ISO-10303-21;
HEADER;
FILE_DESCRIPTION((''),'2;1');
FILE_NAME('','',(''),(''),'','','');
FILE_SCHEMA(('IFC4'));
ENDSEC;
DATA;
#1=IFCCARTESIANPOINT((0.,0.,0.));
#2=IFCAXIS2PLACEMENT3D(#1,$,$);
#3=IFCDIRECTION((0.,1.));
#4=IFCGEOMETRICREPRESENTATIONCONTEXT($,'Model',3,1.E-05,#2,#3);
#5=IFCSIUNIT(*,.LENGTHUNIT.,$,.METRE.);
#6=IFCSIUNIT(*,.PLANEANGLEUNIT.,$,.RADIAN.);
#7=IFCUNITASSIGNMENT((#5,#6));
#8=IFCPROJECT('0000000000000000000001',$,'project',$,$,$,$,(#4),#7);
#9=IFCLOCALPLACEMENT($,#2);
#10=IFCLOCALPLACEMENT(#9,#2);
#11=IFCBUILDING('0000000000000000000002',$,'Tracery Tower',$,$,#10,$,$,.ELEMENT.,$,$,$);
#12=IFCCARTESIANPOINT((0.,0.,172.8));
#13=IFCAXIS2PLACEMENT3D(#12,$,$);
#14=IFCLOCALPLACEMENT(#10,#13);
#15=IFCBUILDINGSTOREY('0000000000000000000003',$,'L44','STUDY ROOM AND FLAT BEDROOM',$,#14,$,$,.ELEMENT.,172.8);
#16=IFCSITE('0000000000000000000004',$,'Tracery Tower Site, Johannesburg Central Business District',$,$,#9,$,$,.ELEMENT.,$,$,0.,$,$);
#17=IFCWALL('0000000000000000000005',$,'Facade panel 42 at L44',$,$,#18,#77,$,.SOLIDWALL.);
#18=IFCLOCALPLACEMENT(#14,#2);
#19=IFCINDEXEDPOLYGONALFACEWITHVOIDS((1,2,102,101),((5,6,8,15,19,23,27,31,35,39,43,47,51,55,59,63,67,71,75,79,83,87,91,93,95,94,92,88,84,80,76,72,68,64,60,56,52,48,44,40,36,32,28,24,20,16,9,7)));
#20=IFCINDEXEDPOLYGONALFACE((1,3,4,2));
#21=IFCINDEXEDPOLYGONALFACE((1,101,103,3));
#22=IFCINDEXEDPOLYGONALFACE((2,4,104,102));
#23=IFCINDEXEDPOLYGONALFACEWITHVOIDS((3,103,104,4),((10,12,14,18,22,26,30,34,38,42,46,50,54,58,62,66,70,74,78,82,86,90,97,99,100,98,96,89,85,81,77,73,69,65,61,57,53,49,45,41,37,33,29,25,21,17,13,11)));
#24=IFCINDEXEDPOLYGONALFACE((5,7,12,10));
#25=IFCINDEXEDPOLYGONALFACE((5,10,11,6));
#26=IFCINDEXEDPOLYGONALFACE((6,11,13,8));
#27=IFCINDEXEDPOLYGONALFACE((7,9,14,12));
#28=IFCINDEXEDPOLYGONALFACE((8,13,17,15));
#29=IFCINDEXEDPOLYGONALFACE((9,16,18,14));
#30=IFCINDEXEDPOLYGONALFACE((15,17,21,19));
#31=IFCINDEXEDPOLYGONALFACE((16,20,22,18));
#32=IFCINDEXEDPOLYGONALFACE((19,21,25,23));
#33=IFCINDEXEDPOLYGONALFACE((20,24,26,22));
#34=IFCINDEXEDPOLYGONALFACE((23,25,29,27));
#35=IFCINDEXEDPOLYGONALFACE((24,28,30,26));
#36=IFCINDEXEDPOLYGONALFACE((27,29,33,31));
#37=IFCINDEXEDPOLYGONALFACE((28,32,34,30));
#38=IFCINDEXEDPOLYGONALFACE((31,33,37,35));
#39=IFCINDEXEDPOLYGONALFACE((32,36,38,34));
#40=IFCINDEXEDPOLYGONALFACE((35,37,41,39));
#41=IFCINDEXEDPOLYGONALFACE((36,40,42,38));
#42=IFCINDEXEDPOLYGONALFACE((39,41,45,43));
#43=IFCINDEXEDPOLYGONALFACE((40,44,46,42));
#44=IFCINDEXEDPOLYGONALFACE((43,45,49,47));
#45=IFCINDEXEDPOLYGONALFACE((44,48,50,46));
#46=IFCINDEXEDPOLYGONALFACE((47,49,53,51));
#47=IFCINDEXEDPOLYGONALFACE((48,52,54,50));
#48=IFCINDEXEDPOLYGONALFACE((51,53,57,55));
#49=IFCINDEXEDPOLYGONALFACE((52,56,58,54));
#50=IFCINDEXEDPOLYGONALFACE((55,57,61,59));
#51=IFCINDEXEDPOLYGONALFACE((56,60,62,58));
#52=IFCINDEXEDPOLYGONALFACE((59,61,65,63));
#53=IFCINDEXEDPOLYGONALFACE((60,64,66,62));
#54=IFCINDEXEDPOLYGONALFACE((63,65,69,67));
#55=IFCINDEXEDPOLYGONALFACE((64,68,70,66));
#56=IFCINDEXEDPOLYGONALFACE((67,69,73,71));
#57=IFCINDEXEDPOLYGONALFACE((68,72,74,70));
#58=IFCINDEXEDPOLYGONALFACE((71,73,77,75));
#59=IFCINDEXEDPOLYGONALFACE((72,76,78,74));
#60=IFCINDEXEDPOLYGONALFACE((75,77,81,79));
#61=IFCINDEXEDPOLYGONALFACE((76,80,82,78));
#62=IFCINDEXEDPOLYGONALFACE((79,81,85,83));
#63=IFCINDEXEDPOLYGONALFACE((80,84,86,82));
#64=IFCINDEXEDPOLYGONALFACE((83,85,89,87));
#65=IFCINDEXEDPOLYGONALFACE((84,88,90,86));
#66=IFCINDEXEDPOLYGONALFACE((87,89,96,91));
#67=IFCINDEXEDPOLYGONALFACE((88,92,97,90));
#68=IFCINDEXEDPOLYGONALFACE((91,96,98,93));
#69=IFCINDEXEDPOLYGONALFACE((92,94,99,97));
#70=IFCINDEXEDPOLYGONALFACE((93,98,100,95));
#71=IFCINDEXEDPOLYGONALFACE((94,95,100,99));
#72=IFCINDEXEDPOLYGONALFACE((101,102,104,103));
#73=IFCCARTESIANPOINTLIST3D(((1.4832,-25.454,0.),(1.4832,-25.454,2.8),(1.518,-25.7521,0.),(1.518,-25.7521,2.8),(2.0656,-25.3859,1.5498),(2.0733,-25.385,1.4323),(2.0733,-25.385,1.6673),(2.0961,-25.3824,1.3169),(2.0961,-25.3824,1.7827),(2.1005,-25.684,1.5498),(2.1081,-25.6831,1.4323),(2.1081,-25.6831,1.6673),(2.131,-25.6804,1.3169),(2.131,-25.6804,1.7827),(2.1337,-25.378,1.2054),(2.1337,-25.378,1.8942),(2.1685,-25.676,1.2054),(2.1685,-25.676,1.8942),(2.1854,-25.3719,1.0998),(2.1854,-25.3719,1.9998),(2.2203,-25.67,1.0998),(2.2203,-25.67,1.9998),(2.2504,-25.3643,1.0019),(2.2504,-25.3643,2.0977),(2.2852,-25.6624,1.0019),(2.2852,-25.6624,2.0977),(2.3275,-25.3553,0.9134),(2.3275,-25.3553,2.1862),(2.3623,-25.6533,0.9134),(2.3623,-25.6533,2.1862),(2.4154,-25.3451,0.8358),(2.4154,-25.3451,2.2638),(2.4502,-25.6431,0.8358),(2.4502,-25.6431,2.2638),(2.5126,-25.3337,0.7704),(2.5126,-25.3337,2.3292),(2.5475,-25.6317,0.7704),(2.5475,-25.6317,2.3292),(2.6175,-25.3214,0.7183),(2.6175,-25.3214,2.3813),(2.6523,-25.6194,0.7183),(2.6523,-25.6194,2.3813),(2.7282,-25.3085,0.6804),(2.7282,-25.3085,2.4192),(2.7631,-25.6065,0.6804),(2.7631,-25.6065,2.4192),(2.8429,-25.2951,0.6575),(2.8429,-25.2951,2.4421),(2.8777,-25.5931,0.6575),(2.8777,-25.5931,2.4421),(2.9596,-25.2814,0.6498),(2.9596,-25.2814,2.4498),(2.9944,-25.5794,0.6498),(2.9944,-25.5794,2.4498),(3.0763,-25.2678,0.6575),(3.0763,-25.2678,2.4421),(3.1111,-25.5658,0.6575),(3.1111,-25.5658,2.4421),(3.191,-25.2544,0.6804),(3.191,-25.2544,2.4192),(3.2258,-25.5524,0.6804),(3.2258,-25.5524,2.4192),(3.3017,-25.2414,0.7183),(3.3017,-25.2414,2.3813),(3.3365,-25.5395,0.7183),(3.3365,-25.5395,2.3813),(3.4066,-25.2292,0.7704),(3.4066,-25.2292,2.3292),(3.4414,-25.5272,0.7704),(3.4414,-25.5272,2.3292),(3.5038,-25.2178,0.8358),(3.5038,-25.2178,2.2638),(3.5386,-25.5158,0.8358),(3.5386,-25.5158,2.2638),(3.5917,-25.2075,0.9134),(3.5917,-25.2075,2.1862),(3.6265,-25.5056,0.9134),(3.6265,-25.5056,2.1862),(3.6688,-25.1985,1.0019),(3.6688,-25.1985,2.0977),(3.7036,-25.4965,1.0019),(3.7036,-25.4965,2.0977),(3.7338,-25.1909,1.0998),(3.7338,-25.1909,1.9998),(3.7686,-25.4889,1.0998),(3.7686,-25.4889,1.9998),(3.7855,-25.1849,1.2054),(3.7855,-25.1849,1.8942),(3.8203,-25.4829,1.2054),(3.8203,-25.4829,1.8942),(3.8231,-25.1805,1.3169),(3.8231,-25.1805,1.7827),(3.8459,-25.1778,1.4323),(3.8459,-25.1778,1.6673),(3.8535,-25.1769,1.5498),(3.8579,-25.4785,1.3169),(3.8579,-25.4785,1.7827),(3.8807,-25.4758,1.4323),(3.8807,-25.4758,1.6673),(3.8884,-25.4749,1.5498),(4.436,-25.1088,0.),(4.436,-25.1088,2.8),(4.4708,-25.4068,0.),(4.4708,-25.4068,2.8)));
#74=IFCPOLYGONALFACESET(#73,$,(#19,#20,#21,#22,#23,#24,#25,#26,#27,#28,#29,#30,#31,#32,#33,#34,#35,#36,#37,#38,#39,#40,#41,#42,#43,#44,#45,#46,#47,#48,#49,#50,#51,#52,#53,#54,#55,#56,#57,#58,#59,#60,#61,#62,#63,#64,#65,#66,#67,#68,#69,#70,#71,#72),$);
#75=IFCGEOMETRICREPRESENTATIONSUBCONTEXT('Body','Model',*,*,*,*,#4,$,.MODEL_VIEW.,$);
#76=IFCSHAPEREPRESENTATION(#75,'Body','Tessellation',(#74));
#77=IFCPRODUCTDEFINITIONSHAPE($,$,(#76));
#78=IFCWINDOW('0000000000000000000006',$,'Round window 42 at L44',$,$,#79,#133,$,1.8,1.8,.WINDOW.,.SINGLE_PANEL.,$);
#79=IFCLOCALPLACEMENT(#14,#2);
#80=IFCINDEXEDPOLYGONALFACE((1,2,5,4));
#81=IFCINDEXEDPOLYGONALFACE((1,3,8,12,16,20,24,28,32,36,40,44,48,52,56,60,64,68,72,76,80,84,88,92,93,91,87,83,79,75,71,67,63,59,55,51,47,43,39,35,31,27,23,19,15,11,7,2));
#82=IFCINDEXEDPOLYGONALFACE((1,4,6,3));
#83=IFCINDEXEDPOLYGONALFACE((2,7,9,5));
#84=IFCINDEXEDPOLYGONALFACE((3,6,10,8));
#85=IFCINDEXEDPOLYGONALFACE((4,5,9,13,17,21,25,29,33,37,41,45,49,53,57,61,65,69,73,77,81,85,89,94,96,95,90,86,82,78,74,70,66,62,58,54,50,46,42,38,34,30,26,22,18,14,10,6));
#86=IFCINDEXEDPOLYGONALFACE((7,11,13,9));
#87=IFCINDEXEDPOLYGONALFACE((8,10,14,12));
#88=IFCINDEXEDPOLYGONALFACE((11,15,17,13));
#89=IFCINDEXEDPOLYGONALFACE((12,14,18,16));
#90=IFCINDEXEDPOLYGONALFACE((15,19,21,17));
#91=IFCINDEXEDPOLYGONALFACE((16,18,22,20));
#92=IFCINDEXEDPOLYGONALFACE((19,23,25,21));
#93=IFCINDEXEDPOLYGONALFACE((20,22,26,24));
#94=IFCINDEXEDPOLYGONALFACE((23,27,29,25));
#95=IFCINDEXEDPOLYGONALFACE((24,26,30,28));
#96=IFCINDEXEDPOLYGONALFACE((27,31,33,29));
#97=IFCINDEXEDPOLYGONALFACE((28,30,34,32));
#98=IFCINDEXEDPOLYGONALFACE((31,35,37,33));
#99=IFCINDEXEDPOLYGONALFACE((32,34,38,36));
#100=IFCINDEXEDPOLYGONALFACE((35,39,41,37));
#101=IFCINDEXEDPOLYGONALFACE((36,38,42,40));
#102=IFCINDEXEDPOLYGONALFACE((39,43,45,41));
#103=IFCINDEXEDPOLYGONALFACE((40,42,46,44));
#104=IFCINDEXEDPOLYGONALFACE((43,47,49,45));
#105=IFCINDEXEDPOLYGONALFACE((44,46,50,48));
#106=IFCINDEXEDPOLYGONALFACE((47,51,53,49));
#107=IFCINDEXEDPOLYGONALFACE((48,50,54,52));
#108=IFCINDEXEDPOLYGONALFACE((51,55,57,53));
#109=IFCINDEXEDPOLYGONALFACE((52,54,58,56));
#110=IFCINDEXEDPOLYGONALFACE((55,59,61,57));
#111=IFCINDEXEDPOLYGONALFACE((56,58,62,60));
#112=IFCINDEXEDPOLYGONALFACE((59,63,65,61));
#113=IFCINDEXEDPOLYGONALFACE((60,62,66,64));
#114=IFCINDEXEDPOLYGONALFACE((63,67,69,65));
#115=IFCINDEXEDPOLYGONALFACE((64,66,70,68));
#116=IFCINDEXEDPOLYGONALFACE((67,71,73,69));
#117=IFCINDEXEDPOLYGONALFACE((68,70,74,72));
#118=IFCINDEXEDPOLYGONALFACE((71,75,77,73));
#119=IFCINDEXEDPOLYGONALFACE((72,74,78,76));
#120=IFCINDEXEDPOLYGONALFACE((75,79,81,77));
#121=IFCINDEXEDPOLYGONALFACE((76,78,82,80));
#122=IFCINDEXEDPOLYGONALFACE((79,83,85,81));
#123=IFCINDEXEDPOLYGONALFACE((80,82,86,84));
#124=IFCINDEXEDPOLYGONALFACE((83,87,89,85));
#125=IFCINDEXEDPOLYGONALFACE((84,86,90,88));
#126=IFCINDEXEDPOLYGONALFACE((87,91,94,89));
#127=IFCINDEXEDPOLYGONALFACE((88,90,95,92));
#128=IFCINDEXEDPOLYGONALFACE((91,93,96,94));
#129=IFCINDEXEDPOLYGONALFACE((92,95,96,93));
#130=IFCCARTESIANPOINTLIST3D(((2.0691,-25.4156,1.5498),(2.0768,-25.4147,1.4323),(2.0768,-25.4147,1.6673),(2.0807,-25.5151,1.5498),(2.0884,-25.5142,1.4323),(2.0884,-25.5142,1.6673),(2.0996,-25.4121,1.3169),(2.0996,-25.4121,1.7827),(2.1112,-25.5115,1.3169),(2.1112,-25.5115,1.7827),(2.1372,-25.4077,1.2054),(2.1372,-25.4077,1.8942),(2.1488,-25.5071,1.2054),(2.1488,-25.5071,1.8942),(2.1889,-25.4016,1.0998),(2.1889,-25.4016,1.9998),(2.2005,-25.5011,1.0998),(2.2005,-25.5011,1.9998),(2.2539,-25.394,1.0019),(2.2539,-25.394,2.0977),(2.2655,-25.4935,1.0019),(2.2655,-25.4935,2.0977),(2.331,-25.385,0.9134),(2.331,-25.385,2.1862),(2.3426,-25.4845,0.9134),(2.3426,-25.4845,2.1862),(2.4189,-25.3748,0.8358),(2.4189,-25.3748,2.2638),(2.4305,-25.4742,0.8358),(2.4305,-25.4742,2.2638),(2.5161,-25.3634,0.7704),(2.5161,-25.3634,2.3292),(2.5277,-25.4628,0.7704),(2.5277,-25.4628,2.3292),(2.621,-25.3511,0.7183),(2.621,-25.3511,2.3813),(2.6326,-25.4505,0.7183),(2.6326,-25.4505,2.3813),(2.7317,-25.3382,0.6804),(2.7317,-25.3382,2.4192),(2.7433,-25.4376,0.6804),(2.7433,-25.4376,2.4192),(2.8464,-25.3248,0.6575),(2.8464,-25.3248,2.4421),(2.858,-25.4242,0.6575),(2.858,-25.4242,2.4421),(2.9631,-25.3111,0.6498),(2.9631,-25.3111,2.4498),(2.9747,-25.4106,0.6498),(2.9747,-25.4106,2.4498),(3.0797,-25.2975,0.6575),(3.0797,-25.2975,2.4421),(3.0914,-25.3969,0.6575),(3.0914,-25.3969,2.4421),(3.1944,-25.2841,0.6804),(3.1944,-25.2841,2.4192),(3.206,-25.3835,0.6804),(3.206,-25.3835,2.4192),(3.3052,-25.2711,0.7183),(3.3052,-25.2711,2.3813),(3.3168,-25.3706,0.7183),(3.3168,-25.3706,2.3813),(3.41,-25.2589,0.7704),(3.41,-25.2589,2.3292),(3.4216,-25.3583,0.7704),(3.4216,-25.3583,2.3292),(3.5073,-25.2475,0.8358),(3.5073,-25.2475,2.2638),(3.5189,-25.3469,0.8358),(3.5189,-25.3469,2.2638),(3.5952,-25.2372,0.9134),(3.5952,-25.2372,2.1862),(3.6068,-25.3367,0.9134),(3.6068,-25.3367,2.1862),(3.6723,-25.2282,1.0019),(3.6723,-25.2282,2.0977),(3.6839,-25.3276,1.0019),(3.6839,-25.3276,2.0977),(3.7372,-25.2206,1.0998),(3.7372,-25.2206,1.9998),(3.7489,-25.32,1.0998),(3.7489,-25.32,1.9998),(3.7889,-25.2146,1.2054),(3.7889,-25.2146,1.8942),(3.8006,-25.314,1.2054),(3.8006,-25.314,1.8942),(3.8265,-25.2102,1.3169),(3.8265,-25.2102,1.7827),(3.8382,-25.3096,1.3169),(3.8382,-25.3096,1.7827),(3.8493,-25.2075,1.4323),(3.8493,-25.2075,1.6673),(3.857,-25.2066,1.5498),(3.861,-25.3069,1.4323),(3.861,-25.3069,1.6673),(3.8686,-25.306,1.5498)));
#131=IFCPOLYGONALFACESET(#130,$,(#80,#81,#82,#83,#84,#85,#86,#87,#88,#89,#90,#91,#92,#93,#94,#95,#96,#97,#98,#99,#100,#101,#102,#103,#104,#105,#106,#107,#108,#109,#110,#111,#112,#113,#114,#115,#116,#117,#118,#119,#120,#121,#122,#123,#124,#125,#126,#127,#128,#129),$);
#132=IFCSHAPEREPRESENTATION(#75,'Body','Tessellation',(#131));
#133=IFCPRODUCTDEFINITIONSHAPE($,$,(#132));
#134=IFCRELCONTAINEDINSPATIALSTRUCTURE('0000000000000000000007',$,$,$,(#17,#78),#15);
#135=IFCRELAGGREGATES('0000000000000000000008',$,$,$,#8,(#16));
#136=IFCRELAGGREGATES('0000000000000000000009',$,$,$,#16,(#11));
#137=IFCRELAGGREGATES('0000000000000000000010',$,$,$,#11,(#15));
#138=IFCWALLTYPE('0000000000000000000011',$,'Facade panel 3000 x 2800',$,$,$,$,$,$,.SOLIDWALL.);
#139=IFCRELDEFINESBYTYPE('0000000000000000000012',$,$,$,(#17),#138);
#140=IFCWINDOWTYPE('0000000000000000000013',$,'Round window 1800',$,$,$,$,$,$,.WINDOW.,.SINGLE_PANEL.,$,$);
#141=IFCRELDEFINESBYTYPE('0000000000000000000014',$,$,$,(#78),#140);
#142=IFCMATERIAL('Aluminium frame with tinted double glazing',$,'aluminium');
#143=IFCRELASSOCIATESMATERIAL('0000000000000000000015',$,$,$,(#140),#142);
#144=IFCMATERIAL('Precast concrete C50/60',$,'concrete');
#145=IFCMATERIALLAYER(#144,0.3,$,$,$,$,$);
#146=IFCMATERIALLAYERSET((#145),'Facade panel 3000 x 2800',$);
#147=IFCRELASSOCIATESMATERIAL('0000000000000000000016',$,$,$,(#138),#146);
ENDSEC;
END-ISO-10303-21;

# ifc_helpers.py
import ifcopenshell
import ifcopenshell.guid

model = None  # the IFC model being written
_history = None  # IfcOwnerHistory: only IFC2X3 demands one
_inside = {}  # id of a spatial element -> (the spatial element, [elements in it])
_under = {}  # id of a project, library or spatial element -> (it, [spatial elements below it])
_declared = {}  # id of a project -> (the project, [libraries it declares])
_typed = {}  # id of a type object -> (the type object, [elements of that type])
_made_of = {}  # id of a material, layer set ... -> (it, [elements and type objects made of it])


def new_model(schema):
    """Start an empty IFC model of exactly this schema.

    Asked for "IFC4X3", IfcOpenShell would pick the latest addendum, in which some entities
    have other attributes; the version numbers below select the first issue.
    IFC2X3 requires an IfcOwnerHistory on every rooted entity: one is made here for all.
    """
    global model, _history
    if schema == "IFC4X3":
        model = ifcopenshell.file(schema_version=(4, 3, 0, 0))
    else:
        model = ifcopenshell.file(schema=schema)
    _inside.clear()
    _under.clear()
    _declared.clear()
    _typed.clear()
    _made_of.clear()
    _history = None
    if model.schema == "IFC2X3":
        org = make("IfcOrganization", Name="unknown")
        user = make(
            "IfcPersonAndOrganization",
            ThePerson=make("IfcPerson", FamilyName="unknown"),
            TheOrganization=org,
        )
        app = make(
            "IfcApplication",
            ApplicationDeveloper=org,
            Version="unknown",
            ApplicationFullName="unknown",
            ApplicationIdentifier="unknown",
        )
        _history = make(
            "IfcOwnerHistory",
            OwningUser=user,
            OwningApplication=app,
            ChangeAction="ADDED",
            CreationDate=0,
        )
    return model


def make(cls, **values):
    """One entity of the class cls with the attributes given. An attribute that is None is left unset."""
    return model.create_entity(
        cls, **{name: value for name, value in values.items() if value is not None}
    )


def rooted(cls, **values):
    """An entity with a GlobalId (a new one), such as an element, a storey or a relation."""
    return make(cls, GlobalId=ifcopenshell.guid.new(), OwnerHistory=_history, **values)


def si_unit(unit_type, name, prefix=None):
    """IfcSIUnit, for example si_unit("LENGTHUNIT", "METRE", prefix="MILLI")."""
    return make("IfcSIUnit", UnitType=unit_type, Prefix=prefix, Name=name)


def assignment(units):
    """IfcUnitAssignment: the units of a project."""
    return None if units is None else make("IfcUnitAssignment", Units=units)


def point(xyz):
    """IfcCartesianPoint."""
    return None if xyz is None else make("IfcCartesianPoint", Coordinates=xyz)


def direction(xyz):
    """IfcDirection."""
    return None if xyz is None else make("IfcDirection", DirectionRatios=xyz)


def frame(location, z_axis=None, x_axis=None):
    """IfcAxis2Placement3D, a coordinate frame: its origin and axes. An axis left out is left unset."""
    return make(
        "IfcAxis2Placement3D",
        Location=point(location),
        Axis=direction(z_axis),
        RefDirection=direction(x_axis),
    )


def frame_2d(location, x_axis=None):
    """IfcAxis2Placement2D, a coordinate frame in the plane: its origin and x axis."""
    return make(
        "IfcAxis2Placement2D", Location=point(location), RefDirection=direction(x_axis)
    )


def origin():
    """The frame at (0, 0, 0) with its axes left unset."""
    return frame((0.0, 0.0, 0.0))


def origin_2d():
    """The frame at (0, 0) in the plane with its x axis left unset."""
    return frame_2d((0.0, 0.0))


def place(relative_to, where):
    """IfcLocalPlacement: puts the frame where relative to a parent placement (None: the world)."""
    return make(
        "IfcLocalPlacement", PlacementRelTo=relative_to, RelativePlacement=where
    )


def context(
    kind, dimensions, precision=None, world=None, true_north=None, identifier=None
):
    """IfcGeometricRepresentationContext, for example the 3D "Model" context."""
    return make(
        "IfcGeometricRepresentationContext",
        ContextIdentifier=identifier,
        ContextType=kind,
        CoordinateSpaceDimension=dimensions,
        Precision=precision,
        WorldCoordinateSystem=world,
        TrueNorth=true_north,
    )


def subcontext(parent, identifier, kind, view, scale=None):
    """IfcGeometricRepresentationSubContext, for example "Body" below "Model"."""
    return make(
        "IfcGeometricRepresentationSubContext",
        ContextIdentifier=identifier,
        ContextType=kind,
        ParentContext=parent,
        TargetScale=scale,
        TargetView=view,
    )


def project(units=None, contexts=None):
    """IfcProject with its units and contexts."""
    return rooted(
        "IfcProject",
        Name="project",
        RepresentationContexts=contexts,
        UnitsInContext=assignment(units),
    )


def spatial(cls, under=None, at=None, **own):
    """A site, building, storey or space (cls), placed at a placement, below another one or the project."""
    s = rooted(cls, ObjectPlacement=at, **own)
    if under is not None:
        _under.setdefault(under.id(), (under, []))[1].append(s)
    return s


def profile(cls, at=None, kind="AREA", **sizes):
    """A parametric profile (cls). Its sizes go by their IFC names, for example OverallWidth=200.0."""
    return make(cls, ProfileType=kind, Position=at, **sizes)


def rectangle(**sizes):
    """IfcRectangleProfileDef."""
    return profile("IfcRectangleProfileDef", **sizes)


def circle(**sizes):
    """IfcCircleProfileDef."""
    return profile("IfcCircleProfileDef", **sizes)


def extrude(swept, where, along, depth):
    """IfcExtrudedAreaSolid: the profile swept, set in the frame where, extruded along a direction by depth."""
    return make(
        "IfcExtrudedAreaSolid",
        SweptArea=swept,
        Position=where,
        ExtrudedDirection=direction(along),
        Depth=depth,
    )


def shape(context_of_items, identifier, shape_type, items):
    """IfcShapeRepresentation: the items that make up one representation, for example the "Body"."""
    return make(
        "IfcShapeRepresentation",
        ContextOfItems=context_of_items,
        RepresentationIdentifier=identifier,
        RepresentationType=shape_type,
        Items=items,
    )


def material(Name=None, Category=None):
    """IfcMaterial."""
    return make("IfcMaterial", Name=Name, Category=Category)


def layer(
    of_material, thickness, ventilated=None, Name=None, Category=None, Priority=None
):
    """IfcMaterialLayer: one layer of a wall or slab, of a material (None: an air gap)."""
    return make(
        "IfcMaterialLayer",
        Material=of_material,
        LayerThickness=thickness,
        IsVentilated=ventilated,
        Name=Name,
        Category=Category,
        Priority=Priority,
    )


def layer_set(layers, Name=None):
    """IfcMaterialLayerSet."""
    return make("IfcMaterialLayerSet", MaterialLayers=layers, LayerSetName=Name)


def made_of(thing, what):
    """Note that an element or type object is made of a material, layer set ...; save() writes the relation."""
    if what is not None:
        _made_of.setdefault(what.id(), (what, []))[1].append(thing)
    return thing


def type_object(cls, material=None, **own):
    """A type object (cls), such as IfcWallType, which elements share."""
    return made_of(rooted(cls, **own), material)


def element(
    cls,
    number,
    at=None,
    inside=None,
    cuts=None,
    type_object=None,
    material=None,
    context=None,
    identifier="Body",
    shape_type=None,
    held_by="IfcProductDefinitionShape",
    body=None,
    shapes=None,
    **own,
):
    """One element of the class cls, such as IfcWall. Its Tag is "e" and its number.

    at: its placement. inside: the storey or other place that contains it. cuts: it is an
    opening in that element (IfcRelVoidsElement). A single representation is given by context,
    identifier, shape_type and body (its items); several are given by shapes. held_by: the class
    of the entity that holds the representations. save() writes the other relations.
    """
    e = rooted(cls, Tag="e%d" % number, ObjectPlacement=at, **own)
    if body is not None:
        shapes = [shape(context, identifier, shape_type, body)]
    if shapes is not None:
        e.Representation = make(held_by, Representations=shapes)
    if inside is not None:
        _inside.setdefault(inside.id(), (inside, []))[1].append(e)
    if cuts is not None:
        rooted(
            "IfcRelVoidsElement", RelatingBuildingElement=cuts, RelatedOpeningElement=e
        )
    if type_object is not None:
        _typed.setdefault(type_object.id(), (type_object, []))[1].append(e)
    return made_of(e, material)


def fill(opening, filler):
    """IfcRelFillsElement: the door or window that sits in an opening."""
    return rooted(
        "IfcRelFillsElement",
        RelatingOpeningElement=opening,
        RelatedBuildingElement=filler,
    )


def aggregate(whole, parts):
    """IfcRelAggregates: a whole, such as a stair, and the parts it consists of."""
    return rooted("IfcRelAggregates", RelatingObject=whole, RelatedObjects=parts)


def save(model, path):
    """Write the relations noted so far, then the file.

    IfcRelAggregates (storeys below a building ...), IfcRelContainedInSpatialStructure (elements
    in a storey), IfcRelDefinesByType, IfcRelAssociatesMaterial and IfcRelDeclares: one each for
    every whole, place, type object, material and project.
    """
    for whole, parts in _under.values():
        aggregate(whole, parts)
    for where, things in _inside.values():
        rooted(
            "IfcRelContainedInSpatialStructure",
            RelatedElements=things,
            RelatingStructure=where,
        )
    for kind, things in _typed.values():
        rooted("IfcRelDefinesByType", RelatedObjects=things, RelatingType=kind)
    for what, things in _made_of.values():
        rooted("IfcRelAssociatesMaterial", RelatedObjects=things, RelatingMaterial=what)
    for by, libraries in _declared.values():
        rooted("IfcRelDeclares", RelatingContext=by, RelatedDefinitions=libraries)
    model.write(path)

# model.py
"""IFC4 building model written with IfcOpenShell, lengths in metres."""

from ifc_helpers import new_model, si_unit, direction, frame, frame_2d, origin, origin_2d, place, context, subcontext, project, spatial, rectangle, circle, extrude, material, layer, layer_set, type_object, element, fill, save


model = new_model("IFC4")

# Units and contexts
model_context = context("Model", 3, precision=1e-05, world=origin(), true_north=direction((0.0, 1.0)))
body_context = subcontext(model_context, "Body", "Model", "MODEL_VIEW")
ifc_project = project(units=[si_unit("LENGTHUNIT", "METRE"), si_unit("PLANEANGLEUNIT", "RADIAN")], contexts=[model_context])

# Site, building, storey
site_placement = place(None, origin())
site = spatial("IfcSite", under=ifc_project, at=site_placement, Name="Tracery Tower Site, Johannesburg Central Business District", CompositionType="ELEMENT", RefElevation=0.0)
building_placement = place(site_placement, origin())
building = spatial("IfcBuilding", under=site, at=building_placement, Name="Tracery Tower", CompositionType="ELEMENT")
storey_placement = place(building_placement, frame((0.0, 0.0, 172.8)))
storey = spatial("IfcBuildingStorey", under=building, at=storey_placement, Name="L44", Description="STUDY ROOM AND FLAT BEDROOM", CompositionType="ELEMENT", Elevation=172.8)

# Wall, opening, window
ifc_material_1 = material(Name="Aluminium frame with tinted double glazing", Category="aluminium")
window_type = type_object("IfcWindowType", Name="Round window 1800", PartitioningType="SINGLE_PANEL", PredefinedType="WINDOW", material=ifc_material_1)
ifc_material_2 = material(Name="Precast concrete C50/60", Category="concrete")
ifc_layer_1 = layer(ifc_material_2, 0.3)
ifc_layer_set_1 = layer_set([ifc_layer_1], Name="Facade panel 3000 x 2800")
wall_type_1 = type_object("IfcWallType", Name="Facade panel 3000 x 2800", PredefinedType="SOLIDWALL", material=ifc_layer_set_1)
wall_1_placement = place(storey_placement, frame((1.5007, -25.603, 0.0), z_axis=(0.0, 0.0, 1.0), x_axis=(0.993236, 0.116117, 0.0)))
wall_1 = element("IfcWall", 1, at=wall_1_placement, inside=storey, type_object=wall_type_1, Name="Facade panel 42 at L44", PredefinedType="SOLIDWALL", context=body_context, shape_type="SweptSolid", body=[
    extrude(rectangle(XDim=2.9729, YDim=0.3, at=frame_2d((1.4863, 0.0))), origin(), (0.0, 0.0, 1.0), 2.8),
])
opening_1_placement = place(wall_1_placement, frame((1.4863, 0.0, 1.5498)))
opening_1 = element("IfcOpeningElement", 2, at=opening_1_placement, cuts=wall_1, PredefinedType="OPENING", context=body_context, shape_type="SweptSolid", body=[
    extrude(circle(Radius=0.9, at=origin_2d()), frame((0.0, 0.1599, 0.0), z_axis=(0.0, -1.0, 0.0), x_axis=(1.0, 0.0, 0.0)), (0.0, 0.0, 1.0), 0.3201),
])
window_1_placement = place(opening_1_placement, origin())
window_1 = element("IfcWindow", 3, at=window_1_placement, inside=storey, type_object=window_type, Name="Round window 42 at L44", OverallHeight=1.8, OverallWidth=1.8, PartitioningType="SINGLE_PANEL", PredefinedType="WINDOW", context=body_context, shape_type="SweptSolid", body=[
    extrude(circle(Radius=0.9, at=origin_2d()), frame((0.0, 0.1201, 0.0), z_axis=(0.0, -1.0, 0.0), x_axis=(1.0, 0.0, 0.0)), (0.0, 0.0, 1.0), 0.1001),
])
fill(opening_1, window_1)

save(model, "model.ifc")
